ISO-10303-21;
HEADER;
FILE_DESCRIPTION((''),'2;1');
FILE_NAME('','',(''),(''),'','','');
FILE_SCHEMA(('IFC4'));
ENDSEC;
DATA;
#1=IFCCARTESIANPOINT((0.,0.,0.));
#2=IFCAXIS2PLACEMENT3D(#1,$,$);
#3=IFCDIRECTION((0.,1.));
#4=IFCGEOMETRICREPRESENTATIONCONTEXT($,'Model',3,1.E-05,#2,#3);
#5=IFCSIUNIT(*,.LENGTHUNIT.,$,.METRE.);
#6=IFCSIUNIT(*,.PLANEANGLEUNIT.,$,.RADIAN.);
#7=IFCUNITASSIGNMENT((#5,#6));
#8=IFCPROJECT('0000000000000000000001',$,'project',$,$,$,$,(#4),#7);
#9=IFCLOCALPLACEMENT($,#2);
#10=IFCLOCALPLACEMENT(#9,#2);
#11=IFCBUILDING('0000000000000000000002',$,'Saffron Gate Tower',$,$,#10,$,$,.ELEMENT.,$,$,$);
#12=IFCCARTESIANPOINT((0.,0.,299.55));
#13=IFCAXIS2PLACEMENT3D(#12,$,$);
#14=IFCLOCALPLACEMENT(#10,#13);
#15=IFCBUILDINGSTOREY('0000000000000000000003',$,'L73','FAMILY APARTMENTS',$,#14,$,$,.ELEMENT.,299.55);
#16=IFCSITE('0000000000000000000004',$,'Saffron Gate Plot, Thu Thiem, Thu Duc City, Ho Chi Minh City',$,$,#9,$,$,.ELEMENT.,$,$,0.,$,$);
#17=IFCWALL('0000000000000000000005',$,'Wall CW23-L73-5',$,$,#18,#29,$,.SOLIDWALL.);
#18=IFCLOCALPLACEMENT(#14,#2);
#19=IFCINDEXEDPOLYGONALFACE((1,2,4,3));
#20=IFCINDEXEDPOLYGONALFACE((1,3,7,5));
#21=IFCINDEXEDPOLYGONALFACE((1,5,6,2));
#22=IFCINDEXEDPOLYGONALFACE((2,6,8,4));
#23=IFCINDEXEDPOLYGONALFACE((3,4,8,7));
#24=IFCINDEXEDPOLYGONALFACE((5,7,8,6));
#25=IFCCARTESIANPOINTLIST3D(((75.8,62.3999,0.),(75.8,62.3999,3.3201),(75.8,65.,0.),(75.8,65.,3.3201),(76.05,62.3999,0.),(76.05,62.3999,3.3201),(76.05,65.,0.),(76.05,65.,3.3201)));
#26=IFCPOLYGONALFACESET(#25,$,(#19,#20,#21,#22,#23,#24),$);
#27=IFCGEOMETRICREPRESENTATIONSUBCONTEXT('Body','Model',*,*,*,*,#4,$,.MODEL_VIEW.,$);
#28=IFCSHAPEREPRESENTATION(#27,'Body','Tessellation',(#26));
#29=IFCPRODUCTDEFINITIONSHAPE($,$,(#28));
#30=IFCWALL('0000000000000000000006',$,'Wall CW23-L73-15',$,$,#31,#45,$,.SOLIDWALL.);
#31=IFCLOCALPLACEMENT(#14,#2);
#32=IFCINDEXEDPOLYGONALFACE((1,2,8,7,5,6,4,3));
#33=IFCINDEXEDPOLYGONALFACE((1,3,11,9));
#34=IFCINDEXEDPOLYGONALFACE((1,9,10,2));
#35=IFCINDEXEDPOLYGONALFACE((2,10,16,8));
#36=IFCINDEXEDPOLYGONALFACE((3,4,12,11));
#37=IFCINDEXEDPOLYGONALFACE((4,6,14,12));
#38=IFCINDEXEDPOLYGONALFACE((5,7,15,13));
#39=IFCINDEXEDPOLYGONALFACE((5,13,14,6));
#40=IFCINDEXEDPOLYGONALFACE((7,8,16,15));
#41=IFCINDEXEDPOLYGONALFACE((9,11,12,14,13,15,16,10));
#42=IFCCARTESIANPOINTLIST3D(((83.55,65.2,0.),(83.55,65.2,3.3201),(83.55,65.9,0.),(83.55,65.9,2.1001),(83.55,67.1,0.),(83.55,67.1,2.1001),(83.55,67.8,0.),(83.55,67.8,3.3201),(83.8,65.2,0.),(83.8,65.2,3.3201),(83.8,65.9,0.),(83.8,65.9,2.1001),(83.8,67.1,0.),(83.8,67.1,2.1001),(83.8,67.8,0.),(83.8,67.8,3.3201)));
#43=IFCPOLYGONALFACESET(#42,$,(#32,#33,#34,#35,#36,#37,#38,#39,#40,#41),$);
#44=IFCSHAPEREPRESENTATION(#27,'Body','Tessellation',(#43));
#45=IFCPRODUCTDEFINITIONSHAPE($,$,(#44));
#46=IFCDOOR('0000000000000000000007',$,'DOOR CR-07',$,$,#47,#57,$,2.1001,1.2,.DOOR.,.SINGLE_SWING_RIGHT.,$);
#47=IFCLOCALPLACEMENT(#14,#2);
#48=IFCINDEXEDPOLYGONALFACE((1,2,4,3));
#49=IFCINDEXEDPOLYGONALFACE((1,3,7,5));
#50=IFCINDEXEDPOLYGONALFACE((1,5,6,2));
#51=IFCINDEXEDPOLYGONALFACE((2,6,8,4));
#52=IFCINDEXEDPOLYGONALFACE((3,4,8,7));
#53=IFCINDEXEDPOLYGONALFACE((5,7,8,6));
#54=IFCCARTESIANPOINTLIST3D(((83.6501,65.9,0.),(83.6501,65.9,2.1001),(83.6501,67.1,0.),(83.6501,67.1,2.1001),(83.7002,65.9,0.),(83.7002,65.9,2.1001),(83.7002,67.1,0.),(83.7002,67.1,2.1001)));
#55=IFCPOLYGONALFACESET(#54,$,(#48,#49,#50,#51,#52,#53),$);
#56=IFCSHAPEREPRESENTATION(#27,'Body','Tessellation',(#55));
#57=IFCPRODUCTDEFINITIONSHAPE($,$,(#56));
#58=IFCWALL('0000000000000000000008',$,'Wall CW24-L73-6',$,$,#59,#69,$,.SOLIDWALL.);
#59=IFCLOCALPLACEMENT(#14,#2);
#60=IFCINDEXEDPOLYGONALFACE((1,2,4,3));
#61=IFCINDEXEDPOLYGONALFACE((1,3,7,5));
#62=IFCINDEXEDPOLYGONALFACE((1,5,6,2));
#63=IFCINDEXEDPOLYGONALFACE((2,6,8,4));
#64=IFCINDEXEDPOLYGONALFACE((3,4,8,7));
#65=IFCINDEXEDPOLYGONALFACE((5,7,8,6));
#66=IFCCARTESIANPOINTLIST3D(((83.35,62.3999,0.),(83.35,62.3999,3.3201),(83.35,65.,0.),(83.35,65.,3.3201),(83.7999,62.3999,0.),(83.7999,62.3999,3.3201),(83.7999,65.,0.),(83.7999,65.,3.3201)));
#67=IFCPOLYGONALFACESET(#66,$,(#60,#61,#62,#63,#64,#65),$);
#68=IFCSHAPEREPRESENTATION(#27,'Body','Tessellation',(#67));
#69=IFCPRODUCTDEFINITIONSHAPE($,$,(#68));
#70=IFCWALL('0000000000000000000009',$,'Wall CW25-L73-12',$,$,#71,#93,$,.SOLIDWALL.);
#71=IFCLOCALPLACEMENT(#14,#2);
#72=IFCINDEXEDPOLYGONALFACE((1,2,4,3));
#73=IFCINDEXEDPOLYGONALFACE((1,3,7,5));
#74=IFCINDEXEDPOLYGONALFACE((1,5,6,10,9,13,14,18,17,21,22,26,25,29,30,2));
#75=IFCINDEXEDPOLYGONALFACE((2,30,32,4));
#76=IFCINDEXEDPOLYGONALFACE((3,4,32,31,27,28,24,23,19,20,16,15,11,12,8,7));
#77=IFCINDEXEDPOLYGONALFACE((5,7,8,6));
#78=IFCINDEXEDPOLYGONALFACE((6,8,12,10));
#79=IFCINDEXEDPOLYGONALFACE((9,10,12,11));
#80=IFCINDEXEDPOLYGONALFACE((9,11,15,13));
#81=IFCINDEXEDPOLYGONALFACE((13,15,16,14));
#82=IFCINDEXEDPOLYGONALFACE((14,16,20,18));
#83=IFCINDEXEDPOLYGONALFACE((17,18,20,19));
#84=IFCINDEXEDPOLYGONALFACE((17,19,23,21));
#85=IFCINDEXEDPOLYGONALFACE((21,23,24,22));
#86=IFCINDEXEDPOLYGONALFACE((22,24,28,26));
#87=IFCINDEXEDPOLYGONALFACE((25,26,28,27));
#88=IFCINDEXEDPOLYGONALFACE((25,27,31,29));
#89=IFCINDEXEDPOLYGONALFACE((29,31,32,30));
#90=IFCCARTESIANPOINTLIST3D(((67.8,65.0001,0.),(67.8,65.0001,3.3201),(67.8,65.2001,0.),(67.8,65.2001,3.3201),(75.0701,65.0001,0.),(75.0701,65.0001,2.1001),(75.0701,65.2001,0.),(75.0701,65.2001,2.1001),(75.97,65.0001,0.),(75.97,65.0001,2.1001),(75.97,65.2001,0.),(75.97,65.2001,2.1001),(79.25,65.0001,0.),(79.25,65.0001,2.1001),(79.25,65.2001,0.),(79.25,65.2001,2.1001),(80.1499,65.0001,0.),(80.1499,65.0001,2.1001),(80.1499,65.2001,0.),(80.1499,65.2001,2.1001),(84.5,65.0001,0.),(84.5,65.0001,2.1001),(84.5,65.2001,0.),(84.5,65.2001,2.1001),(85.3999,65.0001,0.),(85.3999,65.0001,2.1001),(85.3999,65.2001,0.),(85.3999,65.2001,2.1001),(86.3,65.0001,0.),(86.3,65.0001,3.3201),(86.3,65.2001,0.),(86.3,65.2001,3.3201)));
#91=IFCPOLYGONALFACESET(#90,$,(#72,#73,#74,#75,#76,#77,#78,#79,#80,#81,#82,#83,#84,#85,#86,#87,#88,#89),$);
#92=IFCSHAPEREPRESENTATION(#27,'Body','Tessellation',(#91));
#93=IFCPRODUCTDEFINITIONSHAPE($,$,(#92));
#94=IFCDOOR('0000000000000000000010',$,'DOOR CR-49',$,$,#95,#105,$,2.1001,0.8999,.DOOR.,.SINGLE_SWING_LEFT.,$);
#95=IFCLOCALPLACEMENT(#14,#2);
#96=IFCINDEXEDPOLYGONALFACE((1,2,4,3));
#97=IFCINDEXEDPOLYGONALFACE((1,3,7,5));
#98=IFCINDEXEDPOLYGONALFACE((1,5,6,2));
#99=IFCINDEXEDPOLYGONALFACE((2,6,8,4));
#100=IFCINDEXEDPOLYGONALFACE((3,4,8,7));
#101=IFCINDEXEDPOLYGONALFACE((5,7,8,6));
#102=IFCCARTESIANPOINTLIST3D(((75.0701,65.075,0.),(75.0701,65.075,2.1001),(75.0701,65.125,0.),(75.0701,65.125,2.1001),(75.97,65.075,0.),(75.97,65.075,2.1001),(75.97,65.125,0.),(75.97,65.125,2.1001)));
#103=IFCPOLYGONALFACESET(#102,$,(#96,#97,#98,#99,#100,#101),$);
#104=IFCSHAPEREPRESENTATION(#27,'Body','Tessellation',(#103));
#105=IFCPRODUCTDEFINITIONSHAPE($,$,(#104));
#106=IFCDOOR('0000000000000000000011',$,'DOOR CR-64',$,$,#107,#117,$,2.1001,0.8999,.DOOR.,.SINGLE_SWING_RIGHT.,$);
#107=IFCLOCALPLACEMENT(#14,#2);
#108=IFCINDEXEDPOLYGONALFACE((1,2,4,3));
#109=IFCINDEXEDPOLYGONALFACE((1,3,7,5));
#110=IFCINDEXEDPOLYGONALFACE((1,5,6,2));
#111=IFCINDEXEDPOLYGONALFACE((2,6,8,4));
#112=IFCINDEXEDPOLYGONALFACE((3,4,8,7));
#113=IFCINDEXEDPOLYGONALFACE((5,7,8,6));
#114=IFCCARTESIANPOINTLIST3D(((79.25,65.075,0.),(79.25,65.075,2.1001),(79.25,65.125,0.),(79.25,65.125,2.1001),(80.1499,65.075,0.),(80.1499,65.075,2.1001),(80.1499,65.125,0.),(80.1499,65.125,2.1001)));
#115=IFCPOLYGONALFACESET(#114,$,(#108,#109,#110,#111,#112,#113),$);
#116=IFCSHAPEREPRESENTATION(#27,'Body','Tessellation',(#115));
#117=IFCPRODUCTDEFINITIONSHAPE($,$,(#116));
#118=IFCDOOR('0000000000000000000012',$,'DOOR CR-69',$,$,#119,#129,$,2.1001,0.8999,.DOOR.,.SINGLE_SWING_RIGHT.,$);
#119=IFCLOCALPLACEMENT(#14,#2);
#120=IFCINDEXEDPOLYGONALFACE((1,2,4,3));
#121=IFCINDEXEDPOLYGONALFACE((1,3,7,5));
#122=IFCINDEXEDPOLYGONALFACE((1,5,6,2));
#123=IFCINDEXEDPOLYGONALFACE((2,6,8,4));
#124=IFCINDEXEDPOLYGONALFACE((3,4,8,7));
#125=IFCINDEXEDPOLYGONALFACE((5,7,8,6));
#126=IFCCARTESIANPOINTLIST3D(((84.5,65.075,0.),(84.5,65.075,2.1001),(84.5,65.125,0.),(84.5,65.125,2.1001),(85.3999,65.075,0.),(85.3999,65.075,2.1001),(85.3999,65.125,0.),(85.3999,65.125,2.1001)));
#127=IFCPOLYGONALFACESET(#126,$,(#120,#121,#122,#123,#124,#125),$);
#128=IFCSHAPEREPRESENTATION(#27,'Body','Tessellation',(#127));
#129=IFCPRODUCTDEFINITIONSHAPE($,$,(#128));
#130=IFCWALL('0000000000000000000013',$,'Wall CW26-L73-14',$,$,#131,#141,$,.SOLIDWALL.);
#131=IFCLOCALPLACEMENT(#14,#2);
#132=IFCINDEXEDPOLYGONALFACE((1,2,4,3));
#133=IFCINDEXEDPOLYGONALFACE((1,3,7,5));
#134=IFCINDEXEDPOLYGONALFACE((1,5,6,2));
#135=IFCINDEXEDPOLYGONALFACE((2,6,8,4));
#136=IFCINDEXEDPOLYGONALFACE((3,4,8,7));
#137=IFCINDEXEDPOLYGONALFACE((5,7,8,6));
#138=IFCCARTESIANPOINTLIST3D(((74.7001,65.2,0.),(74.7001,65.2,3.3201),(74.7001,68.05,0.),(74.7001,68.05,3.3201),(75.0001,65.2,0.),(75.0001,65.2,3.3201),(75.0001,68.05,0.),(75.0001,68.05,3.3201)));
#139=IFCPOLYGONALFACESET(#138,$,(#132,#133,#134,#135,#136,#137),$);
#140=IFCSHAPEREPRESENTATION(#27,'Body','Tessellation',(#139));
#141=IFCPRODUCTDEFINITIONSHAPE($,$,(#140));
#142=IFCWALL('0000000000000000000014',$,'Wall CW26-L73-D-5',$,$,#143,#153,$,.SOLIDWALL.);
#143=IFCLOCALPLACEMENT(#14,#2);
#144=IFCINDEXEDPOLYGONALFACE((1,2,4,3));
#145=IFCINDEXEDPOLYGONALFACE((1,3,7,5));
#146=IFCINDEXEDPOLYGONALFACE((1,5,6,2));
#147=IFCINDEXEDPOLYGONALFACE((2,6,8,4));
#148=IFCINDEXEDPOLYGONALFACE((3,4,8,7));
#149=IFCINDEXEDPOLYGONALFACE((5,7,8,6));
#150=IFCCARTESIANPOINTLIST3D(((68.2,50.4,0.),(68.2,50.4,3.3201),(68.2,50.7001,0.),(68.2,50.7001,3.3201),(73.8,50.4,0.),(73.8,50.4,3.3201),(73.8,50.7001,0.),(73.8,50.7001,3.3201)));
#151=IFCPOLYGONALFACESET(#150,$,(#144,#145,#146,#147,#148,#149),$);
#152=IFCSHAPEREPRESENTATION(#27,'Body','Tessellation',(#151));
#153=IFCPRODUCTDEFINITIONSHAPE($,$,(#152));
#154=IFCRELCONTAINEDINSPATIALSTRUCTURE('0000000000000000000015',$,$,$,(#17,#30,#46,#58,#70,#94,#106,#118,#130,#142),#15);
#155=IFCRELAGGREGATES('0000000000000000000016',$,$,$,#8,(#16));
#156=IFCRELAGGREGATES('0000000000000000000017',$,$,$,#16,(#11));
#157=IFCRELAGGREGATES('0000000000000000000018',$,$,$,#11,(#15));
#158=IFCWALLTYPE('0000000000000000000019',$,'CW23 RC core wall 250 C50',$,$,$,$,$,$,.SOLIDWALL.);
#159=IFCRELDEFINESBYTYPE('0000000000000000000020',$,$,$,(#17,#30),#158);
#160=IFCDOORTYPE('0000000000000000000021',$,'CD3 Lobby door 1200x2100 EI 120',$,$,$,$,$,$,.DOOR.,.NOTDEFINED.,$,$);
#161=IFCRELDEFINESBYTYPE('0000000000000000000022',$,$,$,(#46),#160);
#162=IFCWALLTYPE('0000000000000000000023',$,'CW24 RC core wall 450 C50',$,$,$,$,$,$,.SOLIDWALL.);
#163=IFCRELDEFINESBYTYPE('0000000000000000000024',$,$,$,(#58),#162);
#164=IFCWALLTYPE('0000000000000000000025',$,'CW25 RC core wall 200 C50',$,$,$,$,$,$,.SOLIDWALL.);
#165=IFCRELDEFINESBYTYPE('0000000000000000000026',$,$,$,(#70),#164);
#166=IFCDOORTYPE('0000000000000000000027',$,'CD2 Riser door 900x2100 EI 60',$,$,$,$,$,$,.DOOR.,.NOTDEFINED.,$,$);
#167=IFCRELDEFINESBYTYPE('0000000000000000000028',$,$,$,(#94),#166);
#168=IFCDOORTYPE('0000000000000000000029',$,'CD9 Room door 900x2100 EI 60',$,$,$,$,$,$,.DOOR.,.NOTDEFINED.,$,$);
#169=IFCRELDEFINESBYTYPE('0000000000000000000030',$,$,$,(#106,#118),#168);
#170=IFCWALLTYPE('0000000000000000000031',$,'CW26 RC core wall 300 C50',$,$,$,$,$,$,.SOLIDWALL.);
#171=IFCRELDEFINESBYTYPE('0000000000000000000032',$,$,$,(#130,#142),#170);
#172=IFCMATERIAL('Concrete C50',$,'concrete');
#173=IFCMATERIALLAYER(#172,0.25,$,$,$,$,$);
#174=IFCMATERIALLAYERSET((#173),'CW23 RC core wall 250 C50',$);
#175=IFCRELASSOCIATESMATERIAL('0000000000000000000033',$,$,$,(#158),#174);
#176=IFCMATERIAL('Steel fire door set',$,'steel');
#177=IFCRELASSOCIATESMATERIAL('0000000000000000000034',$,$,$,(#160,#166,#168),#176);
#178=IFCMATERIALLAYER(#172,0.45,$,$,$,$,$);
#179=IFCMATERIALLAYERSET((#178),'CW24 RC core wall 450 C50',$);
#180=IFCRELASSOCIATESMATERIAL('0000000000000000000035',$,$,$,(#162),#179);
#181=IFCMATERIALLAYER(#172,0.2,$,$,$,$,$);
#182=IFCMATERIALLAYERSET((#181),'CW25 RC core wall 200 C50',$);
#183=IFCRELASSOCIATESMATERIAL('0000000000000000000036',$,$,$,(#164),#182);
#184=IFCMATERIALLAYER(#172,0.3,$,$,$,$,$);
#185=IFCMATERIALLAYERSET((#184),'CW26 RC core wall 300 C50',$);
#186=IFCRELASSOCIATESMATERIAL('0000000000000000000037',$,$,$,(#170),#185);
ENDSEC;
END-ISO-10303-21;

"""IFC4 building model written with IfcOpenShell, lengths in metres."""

from ifc_helpers import new_model, si_unit, direction, frame, frame_2d, origin, place, context, subcontext, project, spatial, rectangle, extrude, material, layer, layer_set, type_object, element, fill, save


model = new_model("IFC4")

# Units and contexts
model_context = context("Model", 3, precision=1e-05, world=origin(), true_north=direction((0.0, 1.0)))
body_context = subcontext(model_context, "Body", "Model", "MODEL_VIEW")
ifc_project = project(units=[si_unit("LENGTHUNIT", "METRE"), si_unit("PLANEANGLEUNIT", "RADIAN")], contexts=[model_context])

# Site, building, storey
site_placement = place(None, origin())
site = spatial("IfcSite", under=ifc_project, at=site_placement, Name="Saffron Gate Plot, Thu Thiem, Thu Duc City, Ho Chi Minh City", CompositionType="ELEMENT", RefElevation=0.0)
building_placement = place(site_placement, origin())
building = spatial("IfcBuilding", under=site, at=building_placement, Name="Saffron Gate Tower", CompositionType="ELEMENT")
storey_placement = place(building_placement, frame((0.0, 0.0, 299.55)))
storey = spatial("IfcBuildingStorey", under=building, at=storey_placement, Name="L73", Description="FAMILY APARTMENTS", CompositionType="ELEMENT", Elevation=299.55)

# Shared definitions
ifc_material_1 = material(Name="Concrete C50", Category="concrete")
ifc_material_2 = material(Name="Steel fire door set", Category="steel")

# Wall
ifc_layer_1 = layer(ifc_material_1, 0.25)
ifc_layer_set_1 = layer_set([ifc_layer_1], Name="CW23 RC core wall 250 C50")
wall_type_1 = type_object("IfcWallType", Name="CW23 RC core wall 250 C50", PredefinedType="SOLIDWALL", material=ifc_layer_set_1)
wall_1_placement = place(storey_placement, frame((75.925, 62.3999, 0.0), z_axis=(0.0, 0.0, 1.0), x_axis=(0.0, 1.0, 0.0)))
element("IfcWall", 1, at=wall_1_placement, inside=storey, type_object=wall_type_1, Name="Wall CW23-L73-5", PredefinedType="SOLIDWALL", context=body_context, shape_type="SweptSolid", body=[
    extrude(rectangle(XDim=2.6001, YDim=0.25, at=frame_2d((1.3, 0.0))), origin(), (0.0, 0.0, 1.0), 3.3201),
])

# Wall, opening, door
wall_2_placement = place(storey_placement, frame((83.675, 65.2, 0.0), z_axis=(0.0, 0.0, 1.0), x_axis=(0.0, 1.0, 0.0)))
wall_2 = element("IfcWall", 2, at=wall_2_placement, inside=storey, type_object=wall_type_1, Name="Wall CW23-L73-15", PredefinedType="SOLIDWALL", context=body_context, shape_type="SweptSolid", body=[
    extrude(rectangle(XDim=2.6001, YDim=0.25, at=frame_2d((1.3, 0.0))), origin(), (0.0, 0.0, 1.0), 3.3201),
])
opening_1_placement = place(wall_2_placement, frame((0.7, 0.0, 0.0)))
opening_1 = element("IfcOpeningElement", 3, at=opening_1_placement, cuts=wall_2, PredefinedType="OPENING", context=body_context, shape_type="SweptSolid", body=[
    extrude(rectangle(XDim=1.2, YDim=2.1001, at=frame_2d((0.6001, 1.05))), frame((0.0, 0.135, 0.0), z_axis=(0.0, -1.0, 0.0), x_axis=(1.0, 0.0, 0.0)), (0.0, 0.0, 1.0), 0.27),
])
door_type_1 = type_object("IfcDoorType", Name="CD3 Lobby door 1200x2100 EI 120", OperationType="NOTDEFINED", PredefinedType="DOOR", material=ifc_material_2)
door_1_placement = place(opening_1_placement, origin())
door_1 = element("IfcDoor", 4, at=door_1_placement, inside=storey, type_object=door_type_1, Name="DOOR CR-07", OperationType="SINGLE_SWING_RIGHT", OverallHeight=2.1001, OverallWidth=1.2, PredefinedType="DOOR", context=body_context, shape_type="SweptSolid", body=[
    extrude(rectangle(XDim=1.2, YDim=2.1001, at=frame_2d((0.6001, 1.05))), frame((0.0, 0.0249, 0.0), z_axis=(0.0, -1.0, 0.0), x_axis=(1.0, 0.0, 0.0)), (0.0, 0.0, 1.0), 0.05),
])
fill(opening_1, door_1)

# Wall
ifc_layer_2 = layer(ifc_material_1, 0.45)
ifc_layer_set_2 = layer_set([ifc_layer_2], Name="CW24 RC core wall 450 C50")
wall_type_2 = type_object("IfcWallType", Name="CW24 RC core wall 450 C50", PredefinedType="SOLIDWALL", material=ifc_layer_set_2)
wall_3_placement = place(storey_placement, frame((83.575, 62.3999, 0.0), z_axis=(0.0, 0.0, 1.0), x_axis=(0.0, 1.0, 0.0)))
element("IfcWall", 5, at=wall_3_placement, inside=storey, type_object=wall_type_2, Name="Wall CW24-L73-6", PredefinedType="SOLIDWALL", context=body_context, shape_type="SweptSolid", body=[
    extrude(rectangle(XDim=2.6001, YDim=0.45, at=frame_2d((1.3, 0.0))), origin(), (0.0, 0.0, 1.0), 3.3201),
])

# Wall, openings, doors
ifc_layer_3 = layer(ifc_material_1, 0.2)
ifc_layer_set_3 = layer_set([ifc_layer_3], Name="CW25 RC core wall 200 C50")
wall_type_3 = type_object("IfcWallType", Name="CW25 RC core wall 200 C50", PredefinedType="SOLIDWALL", material=ifc_layer_set_3)
wall_4_placement = place(storey_placement, frame((67.8, 65.1001, 0.0), z_axis=(0.0, 0.0, 1.0), x_axis=(1.0, 0.0, 0.0)))
wall_4 = element("IfcWall", 6, at=wall_4_placement, inside=storey, type_object=wall_type_3, Name="Wall CW25-L73-12", PredefinedType="SOLIDWALL", context=body_context, shape_type="SweptSolid", body=[
    extrude(rectangle(XDim=18.5, YDim=0.2, at=frame_2d((9.25, 0.0))), origin(), (0.0, 0.0, 1.0), 3.3201),
])
opening_2_placement = place(wall_4_placement, frame((7.27, 0.0, 0.0)))
opening_2 = element("IfcOpeningElement", 7, at=opening_2_placement, cuts=wall_4, PredefinedType="OPENING", context=body_context, shape_type="SweptSolid", body=[
    extrude(rectangle(XDim=0.8999, YDim=2.1001, at=frame_2d((0.45, 1.05))), frame((0.0, 0.1099, 0.0), z_axis=(0.0, -1.0, 0.0), x_axis=(1.0, 0.0, 0.0)), (0.0, 0.0, 1.0), 0.22),
])
opening_3_placement = place(wall_4_placement, frame((11.45, 0.0, 0.0)))
opening_3 = element("IfcOpeningElement", 8, at=opening_3_placement, cuts=wall_4, PredefinedType="OPENING", context=body_context, shape_type="SweptSolid", body=[
    extrude(rectangle(XDim=0.8999, YDim=2.1001, at=frame_2d((0.45, 1.05))), frame((0.0, 0.1099, 0.0), z_axis=(0.0, -1.0, 0.0), x_axis=(1.0, 0.0, 0.0)), (0.0, 0.0, 1.0), 0.22),
])
opening_4_placement = place(wall_4_placement, frame((16.7, 0.0, 0.0)))
opening_4 = element("IfcOpeningElement", 9, at=opening_4_placement, cuts=wall_4, PredefinedType="OPENING", context=body_context, shape_type="SweptSolid", body=[
    extrude(rectangle(XDim=0.8999, YDim=2.1001, at=frame_2d((0.45, 1.05))), frame((0.0, 0.1099, 0.0), z_axis=(0.0, -1.0, 0.0), x_axis=(1.0, 0.0, 0.0)), (0.0, 0.0, 1.0), 0.22),
])
door_type_2 = type_object("IfcDoorType", Name="CD2 Riser door 900x2100 EI 60", OperationType="NOTDEFINED", PredefinedType="DOOR", material=ifc_material_2)
door_2_placement = place(opening_2_placement, origin())
door_2 = element("IfcDoor", 10, at=door_2_placement, inside=storey, type_object=door_type_2, Name="DOOR CR-49", OperationType="SINGLE_SWING_LEFT", OverallHeight=2.1001, OverallWidth=0.8999, PredefinedType="DOOR", context=body_context, shape_type="SweptSolid", body=[
    extrude(rectangle(XDim=0.8999, YDim=2.1001, at=frame_2d((0.45, 1.05))), frame((0.0, 0.0249, 0.0), z_axis=(0.0, -1.0, 0.0), x_axis=(1.0, 0.0, 0.0)), (0.0, 0.0, 1.0), 0.05),
])
fill(opening_2, door_2)
door_type_3 = type_object("IfcDoorType", Name="CD9 Room door 900x2100 EI 60", OperationType="NOTDEFINED", PredefinedType="DOOR", material=ifc_material_2)
door_3_placement = place(opening_3_placement, origin())
door_3 = element("IfcDoor", 11, at=door_3_placement, inside=storey, type_object=door_type_3, Name="DOOR CR-64", OperationType="SINGLE_SWING_RIGHT", OverallHeight=2.1001, OverallWidth=0.8999, PredefinedType="DOOR", context=body_context, shape_type="SweptSolid", body=[
    extrude(rectangle(XDim=0.8999, YDim=2.1001, at=frame_2d((0.45, 1.05))), frame((0.0, 0.0249, 0.0), z_axis=(0.0, -1.0, 0.0), x_axis=(1.0, 0.0, 0.0)), (0.0, 0.0, 1.0), 0.05),
])
fill(opening_3, door_3)
door_4_placement = place(opening_4_placement, origin())
door_4 = element("IfcDoor", 12, at=door_4_placement, inside=storey, type_object=door_type_3, Name="DOOR CR-69", OperationType="SINGLE_SWING_RIGHT", OverallHeight=2.1001, OverallWidth=0.8999, PredefinedType="DOOR", context=body_context, shape_type="SweptSolid", body=[
    extrude(rectangle(XDim=0.8999, YDim=2.1001, at=frame_2d((0.45, 1.05))), frame((0.0, 0.0249, 0.0), z_axis=(0.0, -1.0, 0.0), x_axis=(1.0, 0.0, 0.0)), (0.0, 0.0, 1.0), 0.05),
])
fill(opening_4, door_4)

# Walls
ifc_layer_4 = layer(ifc_material_1, 0.3)
ifc_layer_set_4 = layer_set([ifc_layer_4], Name="CW26 RC core wall 300 C50")
wall_type_4 = type_object("IfcWallType", Name="CW26 RC core wall 300 C50", PredefinedType="SOLIDWALL", material=ifc_layer_set_4)
wall_5_placement = place(storey_placement, frame((74.8501, 65.2, 0.0), z_axis=(0.0, 0.0, 1.0), x_axis=(0.0, 1.0, 0.0)))
element("IfcWall", 13, at=wall_5_placement, inside=storey, type_object=wall_type_4, Name="Wall CW26-L73-14", PredefinedType="SOLIDWALL", context=body_context, shape_type="SweptSolid", body=[
    extrude(rectangle(XDim=2.8501, YDim=0.3, at=frame_2d((1.425, 0.0))), origin(), (0.0, 0.0, 1.0), 3.3201),
])
wall_6_placement = place(storey_placement, frame((68.2, 50.55, 0.0), z_axis=(0.0, 0.0, 1.0), x_axis=(1.0, 0.0, 0.0)))
element("IfcWall", 14, at=wall_6_placement, inside=storey, type_object=wall_type_4, Name="Wall CW26-L73-D-5", PredefinedType="SOLIDWALL", context=body_context, shape_type="SweptSolid", body=[
    extrude(rectangle(XDim=5.6001, YDim=0.3, at=frame_2d((2.8, 0.0))), origin(), (0.0, 0.0, 1.0), 3.3201),
])

save(model, "model.ifc")
